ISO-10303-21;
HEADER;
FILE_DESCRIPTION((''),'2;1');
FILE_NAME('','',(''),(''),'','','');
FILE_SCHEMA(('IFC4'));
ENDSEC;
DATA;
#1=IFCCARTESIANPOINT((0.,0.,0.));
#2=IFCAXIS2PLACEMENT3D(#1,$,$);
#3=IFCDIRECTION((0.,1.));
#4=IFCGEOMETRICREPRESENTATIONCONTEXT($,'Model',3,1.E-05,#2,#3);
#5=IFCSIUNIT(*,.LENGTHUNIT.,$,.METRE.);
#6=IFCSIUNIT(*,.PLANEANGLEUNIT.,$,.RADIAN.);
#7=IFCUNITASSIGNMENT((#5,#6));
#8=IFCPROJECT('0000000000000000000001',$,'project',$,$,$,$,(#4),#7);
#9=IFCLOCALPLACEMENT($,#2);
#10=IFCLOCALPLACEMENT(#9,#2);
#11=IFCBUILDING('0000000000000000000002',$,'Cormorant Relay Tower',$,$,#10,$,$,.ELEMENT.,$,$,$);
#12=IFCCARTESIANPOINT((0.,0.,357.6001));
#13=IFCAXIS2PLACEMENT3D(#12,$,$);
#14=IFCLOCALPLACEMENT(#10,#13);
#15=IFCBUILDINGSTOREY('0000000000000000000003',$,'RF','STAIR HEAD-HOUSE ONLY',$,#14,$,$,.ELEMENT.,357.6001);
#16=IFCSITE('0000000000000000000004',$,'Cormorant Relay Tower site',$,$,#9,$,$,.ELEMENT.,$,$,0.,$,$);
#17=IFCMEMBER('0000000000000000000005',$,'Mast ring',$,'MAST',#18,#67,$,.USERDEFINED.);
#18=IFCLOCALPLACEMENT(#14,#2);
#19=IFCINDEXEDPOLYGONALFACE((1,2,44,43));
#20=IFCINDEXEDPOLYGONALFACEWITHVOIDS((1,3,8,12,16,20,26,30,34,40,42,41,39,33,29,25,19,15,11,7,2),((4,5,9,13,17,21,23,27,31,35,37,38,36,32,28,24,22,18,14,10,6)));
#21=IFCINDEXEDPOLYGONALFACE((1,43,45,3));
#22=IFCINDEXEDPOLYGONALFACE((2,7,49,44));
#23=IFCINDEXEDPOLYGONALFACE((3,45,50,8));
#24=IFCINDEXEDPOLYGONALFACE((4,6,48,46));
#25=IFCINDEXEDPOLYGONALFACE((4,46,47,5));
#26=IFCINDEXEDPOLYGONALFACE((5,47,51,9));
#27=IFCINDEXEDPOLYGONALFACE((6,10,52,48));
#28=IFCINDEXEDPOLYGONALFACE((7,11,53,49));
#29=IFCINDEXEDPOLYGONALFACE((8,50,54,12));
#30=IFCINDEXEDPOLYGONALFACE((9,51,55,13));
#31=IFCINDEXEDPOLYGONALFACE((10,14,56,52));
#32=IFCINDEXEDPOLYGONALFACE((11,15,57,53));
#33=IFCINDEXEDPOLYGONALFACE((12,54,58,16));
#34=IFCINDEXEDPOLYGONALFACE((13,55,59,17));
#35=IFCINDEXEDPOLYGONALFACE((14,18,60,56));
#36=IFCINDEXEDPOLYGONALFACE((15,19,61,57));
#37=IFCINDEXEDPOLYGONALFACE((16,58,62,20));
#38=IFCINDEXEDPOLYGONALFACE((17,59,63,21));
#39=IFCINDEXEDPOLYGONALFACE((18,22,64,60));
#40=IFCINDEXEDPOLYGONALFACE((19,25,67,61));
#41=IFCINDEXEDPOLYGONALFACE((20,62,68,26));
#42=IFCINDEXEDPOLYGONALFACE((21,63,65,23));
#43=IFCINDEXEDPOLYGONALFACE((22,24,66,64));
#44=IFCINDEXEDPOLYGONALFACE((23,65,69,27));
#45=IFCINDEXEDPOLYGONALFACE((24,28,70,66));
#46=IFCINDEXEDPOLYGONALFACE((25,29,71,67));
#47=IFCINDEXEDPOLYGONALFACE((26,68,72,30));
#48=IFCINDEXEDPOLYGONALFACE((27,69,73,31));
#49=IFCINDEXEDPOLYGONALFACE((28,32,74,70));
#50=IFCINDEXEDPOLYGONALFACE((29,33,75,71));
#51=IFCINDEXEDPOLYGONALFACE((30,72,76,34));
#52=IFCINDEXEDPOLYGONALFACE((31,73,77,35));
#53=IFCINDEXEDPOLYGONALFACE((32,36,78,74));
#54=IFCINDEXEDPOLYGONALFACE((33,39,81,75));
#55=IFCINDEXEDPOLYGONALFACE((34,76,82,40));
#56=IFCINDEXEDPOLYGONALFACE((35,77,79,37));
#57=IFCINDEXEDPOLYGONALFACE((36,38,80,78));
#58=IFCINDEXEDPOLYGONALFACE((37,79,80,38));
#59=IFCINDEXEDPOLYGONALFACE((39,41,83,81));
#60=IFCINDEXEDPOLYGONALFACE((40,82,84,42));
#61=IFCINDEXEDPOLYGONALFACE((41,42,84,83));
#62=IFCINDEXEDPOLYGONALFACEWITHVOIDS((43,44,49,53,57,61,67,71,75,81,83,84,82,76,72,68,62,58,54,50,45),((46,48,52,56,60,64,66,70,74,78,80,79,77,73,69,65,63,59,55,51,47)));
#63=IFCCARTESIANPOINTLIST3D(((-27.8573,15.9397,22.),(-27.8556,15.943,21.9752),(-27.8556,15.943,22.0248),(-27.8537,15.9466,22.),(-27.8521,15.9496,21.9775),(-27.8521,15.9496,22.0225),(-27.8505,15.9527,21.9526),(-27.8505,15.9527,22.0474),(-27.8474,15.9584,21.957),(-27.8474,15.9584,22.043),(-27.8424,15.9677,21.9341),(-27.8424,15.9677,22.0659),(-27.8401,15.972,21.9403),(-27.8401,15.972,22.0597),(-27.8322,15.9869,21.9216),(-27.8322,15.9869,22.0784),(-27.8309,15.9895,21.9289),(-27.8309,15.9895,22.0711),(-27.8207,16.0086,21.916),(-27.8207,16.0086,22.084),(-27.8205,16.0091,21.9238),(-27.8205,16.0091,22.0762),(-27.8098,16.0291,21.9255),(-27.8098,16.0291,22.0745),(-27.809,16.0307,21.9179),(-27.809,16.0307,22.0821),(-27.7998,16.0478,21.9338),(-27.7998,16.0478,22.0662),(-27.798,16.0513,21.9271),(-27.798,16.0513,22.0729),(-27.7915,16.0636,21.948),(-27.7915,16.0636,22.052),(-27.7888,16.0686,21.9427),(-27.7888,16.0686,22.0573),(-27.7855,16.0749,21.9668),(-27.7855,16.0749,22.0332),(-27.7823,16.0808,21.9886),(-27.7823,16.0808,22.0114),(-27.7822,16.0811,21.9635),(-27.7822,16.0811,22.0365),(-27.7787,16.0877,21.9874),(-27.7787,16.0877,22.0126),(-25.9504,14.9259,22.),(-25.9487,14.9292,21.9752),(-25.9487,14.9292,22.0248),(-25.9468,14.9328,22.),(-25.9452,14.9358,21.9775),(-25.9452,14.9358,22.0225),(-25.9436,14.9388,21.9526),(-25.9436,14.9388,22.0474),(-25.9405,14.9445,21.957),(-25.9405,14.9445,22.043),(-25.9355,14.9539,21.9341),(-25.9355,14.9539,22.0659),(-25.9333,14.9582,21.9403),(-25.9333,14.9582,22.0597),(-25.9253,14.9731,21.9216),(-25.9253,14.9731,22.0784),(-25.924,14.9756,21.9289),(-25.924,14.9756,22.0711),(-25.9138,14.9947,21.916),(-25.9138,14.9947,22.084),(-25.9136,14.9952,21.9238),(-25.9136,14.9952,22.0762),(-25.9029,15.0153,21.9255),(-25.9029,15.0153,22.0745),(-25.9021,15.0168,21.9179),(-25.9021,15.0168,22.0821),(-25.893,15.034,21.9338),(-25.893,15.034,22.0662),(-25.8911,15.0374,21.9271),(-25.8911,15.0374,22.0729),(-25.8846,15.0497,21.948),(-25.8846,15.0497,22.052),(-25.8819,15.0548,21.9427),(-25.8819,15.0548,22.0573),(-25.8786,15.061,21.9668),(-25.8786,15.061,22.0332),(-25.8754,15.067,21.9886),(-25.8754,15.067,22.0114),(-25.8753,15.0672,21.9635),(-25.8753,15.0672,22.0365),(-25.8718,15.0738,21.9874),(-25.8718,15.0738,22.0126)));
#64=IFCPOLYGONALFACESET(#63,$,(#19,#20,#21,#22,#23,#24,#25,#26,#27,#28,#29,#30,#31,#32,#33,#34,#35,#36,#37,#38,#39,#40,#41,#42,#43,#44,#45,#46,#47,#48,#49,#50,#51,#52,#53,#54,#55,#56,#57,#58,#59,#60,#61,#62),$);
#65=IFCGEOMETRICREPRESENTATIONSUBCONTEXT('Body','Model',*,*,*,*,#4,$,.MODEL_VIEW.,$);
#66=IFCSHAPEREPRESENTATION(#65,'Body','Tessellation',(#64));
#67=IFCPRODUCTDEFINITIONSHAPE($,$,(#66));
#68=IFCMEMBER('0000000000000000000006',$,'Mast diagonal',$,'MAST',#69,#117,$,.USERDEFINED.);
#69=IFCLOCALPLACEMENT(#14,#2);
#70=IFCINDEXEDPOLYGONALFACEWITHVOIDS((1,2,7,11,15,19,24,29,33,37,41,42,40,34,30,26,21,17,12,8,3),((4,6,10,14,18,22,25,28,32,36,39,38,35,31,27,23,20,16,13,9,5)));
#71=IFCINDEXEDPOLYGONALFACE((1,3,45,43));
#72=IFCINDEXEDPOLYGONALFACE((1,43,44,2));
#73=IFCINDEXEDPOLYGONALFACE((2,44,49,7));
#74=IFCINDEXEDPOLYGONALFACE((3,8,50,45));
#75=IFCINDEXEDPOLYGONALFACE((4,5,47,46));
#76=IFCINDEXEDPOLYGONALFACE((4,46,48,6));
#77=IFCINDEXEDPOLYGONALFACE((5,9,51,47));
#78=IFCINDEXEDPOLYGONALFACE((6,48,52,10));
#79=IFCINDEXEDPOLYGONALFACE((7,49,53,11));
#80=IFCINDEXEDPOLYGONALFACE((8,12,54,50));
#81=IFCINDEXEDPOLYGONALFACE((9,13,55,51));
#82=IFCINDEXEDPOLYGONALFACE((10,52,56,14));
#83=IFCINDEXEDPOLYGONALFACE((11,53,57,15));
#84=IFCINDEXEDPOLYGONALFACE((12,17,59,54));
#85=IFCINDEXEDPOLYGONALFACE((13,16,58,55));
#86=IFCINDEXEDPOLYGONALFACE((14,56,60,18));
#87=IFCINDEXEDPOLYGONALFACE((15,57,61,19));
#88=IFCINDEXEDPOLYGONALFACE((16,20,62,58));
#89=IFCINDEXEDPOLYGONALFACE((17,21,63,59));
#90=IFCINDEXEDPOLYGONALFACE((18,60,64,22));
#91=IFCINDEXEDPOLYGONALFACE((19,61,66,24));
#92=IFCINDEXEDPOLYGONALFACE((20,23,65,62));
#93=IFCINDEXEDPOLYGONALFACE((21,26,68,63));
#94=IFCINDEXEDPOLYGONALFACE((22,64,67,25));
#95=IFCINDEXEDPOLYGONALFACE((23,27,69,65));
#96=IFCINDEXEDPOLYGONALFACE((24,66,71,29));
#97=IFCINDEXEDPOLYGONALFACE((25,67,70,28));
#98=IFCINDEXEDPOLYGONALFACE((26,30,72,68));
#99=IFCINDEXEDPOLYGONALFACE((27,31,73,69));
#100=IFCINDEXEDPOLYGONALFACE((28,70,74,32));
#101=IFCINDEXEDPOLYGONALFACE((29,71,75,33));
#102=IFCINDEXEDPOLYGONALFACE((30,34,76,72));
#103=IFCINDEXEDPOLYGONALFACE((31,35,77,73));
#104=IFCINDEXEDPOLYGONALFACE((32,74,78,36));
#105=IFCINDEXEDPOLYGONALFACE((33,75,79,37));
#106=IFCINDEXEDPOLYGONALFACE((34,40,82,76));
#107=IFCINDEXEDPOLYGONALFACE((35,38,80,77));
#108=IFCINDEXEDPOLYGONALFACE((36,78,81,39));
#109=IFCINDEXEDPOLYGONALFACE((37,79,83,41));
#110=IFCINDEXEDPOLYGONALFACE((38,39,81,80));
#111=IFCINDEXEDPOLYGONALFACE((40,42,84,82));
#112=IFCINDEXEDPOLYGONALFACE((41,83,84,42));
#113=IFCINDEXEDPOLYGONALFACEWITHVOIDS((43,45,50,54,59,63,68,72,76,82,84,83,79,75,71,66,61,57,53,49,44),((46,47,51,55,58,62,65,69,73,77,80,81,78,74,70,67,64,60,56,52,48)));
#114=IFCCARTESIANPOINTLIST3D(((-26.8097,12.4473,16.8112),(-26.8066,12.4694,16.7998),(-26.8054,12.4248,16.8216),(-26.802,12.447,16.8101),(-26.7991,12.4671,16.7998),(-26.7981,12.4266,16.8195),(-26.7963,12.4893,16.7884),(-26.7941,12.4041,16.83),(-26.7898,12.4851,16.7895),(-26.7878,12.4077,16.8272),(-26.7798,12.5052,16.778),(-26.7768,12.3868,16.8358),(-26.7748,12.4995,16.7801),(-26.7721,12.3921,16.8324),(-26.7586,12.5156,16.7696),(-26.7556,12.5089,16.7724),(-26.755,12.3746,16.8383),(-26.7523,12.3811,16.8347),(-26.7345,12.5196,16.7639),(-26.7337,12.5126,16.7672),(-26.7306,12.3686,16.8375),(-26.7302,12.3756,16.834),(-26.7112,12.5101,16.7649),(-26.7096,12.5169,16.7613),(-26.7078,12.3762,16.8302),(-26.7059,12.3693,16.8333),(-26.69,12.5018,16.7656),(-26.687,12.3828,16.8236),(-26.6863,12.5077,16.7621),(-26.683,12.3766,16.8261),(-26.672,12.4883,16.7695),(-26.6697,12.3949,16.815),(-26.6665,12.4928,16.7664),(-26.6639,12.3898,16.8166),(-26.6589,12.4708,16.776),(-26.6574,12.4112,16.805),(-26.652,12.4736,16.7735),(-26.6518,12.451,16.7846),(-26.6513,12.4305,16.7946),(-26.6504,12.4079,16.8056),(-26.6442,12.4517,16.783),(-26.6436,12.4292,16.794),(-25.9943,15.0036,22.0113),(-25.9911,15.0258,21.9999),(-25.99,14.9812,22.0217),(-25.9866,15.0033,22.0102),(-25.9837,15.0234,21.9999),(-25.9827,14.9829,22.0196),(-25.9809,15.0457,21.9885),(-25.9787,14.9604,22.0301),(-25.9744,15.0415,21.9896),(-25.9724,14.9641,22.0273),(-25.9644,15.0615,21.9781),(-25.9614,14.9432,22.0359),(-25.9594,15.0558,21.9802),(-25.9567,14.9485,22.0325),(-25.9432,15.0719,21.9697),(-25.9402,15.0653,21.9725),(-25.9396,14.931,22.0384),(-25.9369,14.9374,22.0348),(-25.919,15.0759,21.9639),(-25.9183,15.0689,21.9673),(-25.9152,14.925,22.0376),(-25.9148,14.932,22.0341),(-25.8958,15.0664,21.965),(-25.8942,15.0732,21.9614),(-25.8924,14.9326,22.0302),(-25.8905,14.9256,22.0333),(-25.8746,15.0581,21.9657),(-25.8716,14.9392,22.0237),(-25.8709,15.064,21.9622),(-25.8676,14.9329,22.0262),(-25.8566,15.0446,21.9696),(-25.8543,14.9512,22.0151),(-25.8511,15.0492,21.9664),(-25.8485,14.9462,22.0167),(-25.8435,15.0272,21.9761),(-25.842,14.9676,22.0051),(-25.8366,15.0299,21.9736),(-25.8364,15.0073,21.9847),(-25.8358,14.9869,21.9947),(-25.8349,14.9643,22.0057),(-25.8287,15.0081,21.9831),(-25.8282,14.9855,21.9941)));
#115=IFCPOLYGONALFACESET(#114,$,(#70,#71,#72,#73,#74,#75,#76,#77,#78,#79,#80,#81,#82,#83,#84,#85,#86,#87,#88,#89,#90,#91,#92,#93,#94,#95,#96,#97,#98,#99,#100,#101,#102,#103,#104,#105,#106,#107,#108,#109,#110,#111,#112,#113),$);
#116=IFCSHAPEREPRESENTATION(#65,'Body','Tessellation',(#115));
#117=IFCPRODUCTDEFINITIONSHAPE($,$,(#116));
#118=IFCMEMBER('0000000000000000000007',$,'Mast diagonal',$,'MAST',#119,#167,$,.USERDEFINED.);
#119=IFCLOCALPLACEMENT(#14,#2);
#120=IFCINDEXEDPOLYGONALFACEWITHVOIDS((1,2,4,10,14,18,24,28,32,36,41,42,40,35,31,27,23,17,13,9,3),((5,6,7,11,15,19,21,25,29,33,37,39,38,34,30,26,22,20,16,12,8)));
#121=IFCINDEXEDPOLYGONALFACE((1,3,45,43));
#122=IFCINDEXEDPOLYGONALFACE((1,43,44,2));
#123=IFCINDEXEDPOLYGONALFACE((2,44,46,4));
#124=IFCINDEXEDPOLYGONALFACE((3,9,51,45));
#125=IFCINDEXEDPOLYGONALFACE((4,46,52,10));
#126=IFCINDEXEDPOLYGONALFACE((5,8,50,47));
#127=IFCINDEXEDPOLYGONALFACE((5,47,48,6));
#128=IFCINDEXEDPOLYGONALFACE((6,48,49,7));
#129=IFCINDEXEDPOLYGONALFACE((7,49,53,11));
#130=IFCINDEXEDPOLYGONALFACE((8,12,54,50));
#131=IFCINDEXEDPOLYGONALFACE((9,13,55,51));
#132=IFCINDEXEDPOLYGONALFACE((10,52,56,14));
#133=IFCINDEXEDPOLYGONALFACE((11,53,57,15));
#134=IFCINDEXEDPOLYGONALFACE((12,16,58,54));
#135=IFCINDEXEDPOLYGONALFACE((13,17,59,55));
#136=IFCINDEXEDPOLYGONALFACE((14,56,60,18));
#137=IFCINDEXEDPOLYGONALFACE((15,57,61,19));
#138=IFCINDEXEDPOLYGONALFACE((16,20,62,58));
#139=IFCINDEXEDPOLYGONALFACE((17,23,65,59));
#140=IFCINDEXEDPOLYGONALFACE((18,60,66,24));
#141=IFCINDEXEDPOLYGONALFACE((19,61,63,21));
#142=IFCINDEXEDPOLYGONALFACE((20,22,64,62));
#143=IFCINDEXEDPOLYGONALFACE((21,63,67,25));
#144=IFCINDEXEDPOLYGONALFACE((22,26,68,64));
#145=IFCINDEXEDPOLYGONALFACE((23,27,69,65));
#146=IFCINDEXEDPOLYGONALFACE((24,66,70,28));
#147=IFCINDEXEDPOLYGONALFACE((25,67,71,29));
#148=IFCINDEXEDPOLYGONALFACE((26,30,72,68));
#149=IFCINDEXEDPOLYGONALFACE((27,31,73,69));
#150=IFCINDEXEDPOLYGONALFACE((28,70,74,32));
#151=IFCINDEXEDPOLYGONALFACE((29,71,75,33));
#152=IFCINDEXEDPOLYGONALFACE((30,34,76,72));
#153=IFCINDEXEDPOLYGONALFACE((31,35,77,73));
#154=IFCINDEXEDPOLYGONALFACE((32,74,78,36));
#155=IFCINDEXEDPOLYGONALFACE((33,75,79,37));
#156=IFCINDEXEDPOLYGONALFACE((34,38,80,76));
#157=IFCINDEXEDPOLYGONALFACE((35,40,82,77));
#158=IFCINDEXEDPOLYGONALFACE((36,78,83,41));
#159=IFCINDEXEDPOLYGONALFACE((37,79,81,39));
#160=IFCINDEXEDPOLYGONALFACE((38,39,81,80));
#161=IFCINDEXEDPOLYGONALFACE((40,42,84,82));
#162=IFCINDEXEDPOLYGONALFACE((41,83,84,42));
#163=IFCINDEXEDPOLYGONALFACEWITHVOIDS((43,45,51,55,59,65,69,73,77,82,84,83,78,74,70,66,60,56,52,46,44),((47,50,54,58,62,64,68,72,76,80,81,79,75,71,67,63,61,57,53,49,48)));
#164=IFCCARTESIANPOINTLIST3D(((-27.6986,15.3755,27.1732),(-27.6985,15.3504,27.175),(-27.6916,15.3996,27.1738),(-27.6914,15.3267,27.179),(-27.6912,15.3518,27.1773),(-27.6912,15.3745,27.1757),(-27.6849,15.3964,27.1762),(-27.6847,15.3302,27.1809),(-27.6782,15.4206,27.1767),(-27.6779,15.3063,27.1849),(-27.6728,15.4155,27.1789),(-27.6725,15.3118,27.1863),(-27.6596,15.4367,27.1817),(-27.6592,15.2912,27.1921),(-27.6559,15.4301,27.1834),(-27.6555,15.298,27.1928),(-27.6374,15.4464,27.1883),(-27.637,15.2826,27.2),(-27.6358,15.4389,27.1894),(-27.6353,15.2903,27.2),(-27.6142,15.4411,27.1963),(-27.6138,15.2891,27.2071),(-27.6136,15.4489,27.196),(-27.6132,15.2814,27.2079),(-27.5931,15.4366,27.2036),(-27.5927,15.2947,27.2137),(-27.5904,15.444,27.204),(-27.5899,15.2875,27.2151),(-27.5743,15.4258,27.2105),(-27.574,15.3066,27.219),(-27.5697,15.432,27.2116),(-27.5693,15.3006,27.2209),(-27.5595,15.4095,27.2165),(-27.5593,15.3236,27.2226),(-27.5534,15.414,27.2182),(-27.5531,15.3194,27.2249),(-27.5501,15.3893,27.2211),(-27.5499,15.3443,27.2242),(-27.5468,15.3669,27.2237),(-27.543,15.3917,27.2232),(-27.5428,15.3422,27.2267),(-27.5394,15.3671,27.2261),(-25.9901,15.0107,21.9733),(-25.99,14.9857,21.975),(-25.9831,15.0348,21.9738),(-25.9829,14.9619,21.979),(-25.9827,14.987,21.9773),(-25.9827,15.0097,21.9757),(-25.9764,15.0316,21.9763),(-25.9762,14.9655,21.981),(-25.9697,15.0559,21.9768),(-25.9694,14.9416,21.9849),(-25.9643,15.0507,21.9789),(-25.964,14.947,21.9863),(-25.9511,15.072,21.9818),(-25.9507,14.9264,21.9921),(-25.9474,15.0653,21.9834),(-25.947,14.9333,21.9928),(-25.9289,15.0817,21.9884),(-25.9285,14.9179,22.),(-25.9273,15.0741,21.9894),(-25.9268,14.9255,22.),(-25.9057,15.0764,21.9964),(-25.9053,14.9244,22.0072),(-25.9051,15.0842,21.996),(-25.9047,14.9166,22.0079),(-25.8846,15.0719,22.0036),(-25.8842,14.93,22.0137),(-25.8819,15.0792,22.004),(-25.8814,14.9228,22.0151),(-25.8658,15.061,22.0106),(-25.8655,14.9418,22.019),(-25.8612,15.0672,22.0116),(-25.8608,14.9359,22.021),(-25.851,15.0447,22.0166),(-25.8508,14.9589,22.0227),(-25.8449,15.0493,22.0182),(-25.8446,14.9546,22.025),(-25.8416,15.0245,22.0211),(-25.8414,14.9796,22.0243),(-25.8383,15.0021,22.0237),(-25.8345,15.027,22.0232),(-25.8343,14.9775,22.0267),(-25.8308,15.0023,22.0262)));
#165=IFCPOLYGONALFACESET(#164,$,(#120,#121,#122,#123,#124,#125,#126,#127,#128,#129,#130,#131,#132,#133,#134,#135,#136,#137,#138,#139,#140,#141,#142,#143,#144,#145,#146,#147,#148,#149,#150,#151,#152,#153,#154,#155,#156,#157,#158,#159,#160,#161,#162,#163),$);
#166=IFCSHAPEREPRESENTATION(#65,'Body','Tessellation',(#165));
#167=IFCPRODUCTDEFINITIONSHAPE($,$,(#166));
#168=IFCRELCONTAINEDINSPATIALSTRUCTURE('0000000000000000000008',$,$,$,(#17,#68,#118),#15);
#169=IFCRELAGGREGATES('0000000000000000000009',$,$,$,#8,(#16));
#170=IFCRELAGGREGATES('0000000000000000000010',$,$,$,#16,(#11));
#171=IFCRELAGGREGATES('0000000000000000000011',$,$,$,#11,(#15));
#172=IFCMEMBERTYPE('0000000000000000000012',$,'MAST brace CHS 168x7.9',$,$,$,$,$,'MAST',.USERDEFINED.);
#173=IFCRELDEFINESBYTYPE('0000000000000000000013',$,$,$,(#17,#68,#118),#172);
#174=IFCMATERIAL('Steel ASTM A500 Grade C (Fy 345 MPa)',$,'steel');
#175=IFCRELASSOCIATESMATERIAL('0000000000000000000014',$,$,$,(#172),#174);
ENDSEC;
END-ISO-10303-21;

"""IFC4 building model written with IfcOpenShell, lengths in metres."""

from ifc_helpers import new_model, si_unit, direction, frame, origin, origin_2d, place, context, subcontext, project, spatial, hollow_circle, extrude, material, material_profile, profile_set, type_object, element, save


model = new_model("IFC4")

# Units and contexts
model_context = context("Model", 3, precision=1e-05, world=origin(), true_north=direction((0.0, 1.0)))
body_context = subcontext(model_context, "Body", "Model", "MODEL_VIEW")
ifc_project = project(units=[si_unit("LENGTHUNIT", "METRE"), si_unit("PLANEANGLEUNIT", "RADIAN")], contexts=[model_context])

# Site, building, storey
site_placement = place(None, origin())
site = spatial("IfcSite", under=ifc_project, at=site_placement, Name="Cormorant Relay Tower site", CompositionType="ELEMENT", RefElevation=0.0)
building_placement = place(site_placement, origin())
building = spatial("IfcBuilding", under=site, at=building_placement, Name="Cormorant Relay Tower", CompositionType="ELEMENT")
storey_placement = place(building_placement, frame((0.0, 0.0, 357.6001)))
storey = spatial("IfcBuildingStorey", under=building, at=storey_placement, Name="RF", Description="STAIR HEAD-HOUSE ONLY", CompositionType="ELEMENT", Elevation=357.6001)

# Members
ifc_material_1 = material(Name="Steel ASTM A500 Grade C (Fy 345 MPa)", Category="steel")
ifc_material_profile = material_profile(ifc_material_1, hollow_circle(Radius=0.0842, WallThickness=0.0078, at=origin_2d()), Name="CHS 168x7.9")
ifc_profile_set = profile_set([ifc_material_profile], Name="Steel ASTM A500 Grade C (Fy 345 MPa)")
member_type = type_object("IfcMemberType", Name="MAST brace CHS 168x7.9", ElementType="MAST", PredefinedType="USERDEFINED", material=ifc_profile_set)
member_1_placement = place(storey_placement, frame((-25.9109, 15.0002, 22.0), z_axis=(-0.882956, 0.469455, 0.0), x_axis=(-0.469455, -0.882956, 0.0)))
element("IfcMember", 1, at=member_1_placement, inside=storey, type_object=member_type, Name="Mast ring", ObjectType="MAST", PredefinedType="USERDEFINED", context=body_context, shape_type="SweptSolid", body=[
    extrude(hollow_circle(Radius=0.0842, WallThickness=0.0078, at=origin_2d()), origin(), (0.0, 0.0, 1.0), 2.1597),
])
member_2_placement = place(storey_placement, frame((-26.7263, 12.4438, 16.7998), z_axis=(0.13935, 0.436866, 0.888668), x_axis=(-0.952707, 0.303891, 0.0)))
element("IfcMember", 2, at=member_2_placement, inside=storey, type_object=member_type, Name="Mast diagonal", ObjectType="MAST", PredefinedType="USERDEFINED", context=body_context, shape_type="SweptSolid", body=[
    extrude(hollow_circle(Radius=0.0842, WallThickness=0.0078, at=origin_2d()), origin(), (0.0, 0.0, 1.0), 5.8516),
])
member_3_placement = place(storey_placement, frame((-25.9109, 15.0002, 22.0), z_axis=(-0.311453, 0.066492, 0.947933), x_axis=(-0.208785, -0.977962, 0.0)))
element("IfcMember", 3, at=member_3_placement, inside=storey, type_object=member_type, Name="Mast diagonal", ObjectType="MAST", PredefinedType="USERDEFINED", context=body_context, shape_type="SweptSolid", body=[
    extrude(hollow_circle(Radius=0.0842, WallThickness=0.0078, at=origin_2d()), origin(), (0.0, 0.0, 1.0), 5.4856),
])

save(model, "model.ifc")
